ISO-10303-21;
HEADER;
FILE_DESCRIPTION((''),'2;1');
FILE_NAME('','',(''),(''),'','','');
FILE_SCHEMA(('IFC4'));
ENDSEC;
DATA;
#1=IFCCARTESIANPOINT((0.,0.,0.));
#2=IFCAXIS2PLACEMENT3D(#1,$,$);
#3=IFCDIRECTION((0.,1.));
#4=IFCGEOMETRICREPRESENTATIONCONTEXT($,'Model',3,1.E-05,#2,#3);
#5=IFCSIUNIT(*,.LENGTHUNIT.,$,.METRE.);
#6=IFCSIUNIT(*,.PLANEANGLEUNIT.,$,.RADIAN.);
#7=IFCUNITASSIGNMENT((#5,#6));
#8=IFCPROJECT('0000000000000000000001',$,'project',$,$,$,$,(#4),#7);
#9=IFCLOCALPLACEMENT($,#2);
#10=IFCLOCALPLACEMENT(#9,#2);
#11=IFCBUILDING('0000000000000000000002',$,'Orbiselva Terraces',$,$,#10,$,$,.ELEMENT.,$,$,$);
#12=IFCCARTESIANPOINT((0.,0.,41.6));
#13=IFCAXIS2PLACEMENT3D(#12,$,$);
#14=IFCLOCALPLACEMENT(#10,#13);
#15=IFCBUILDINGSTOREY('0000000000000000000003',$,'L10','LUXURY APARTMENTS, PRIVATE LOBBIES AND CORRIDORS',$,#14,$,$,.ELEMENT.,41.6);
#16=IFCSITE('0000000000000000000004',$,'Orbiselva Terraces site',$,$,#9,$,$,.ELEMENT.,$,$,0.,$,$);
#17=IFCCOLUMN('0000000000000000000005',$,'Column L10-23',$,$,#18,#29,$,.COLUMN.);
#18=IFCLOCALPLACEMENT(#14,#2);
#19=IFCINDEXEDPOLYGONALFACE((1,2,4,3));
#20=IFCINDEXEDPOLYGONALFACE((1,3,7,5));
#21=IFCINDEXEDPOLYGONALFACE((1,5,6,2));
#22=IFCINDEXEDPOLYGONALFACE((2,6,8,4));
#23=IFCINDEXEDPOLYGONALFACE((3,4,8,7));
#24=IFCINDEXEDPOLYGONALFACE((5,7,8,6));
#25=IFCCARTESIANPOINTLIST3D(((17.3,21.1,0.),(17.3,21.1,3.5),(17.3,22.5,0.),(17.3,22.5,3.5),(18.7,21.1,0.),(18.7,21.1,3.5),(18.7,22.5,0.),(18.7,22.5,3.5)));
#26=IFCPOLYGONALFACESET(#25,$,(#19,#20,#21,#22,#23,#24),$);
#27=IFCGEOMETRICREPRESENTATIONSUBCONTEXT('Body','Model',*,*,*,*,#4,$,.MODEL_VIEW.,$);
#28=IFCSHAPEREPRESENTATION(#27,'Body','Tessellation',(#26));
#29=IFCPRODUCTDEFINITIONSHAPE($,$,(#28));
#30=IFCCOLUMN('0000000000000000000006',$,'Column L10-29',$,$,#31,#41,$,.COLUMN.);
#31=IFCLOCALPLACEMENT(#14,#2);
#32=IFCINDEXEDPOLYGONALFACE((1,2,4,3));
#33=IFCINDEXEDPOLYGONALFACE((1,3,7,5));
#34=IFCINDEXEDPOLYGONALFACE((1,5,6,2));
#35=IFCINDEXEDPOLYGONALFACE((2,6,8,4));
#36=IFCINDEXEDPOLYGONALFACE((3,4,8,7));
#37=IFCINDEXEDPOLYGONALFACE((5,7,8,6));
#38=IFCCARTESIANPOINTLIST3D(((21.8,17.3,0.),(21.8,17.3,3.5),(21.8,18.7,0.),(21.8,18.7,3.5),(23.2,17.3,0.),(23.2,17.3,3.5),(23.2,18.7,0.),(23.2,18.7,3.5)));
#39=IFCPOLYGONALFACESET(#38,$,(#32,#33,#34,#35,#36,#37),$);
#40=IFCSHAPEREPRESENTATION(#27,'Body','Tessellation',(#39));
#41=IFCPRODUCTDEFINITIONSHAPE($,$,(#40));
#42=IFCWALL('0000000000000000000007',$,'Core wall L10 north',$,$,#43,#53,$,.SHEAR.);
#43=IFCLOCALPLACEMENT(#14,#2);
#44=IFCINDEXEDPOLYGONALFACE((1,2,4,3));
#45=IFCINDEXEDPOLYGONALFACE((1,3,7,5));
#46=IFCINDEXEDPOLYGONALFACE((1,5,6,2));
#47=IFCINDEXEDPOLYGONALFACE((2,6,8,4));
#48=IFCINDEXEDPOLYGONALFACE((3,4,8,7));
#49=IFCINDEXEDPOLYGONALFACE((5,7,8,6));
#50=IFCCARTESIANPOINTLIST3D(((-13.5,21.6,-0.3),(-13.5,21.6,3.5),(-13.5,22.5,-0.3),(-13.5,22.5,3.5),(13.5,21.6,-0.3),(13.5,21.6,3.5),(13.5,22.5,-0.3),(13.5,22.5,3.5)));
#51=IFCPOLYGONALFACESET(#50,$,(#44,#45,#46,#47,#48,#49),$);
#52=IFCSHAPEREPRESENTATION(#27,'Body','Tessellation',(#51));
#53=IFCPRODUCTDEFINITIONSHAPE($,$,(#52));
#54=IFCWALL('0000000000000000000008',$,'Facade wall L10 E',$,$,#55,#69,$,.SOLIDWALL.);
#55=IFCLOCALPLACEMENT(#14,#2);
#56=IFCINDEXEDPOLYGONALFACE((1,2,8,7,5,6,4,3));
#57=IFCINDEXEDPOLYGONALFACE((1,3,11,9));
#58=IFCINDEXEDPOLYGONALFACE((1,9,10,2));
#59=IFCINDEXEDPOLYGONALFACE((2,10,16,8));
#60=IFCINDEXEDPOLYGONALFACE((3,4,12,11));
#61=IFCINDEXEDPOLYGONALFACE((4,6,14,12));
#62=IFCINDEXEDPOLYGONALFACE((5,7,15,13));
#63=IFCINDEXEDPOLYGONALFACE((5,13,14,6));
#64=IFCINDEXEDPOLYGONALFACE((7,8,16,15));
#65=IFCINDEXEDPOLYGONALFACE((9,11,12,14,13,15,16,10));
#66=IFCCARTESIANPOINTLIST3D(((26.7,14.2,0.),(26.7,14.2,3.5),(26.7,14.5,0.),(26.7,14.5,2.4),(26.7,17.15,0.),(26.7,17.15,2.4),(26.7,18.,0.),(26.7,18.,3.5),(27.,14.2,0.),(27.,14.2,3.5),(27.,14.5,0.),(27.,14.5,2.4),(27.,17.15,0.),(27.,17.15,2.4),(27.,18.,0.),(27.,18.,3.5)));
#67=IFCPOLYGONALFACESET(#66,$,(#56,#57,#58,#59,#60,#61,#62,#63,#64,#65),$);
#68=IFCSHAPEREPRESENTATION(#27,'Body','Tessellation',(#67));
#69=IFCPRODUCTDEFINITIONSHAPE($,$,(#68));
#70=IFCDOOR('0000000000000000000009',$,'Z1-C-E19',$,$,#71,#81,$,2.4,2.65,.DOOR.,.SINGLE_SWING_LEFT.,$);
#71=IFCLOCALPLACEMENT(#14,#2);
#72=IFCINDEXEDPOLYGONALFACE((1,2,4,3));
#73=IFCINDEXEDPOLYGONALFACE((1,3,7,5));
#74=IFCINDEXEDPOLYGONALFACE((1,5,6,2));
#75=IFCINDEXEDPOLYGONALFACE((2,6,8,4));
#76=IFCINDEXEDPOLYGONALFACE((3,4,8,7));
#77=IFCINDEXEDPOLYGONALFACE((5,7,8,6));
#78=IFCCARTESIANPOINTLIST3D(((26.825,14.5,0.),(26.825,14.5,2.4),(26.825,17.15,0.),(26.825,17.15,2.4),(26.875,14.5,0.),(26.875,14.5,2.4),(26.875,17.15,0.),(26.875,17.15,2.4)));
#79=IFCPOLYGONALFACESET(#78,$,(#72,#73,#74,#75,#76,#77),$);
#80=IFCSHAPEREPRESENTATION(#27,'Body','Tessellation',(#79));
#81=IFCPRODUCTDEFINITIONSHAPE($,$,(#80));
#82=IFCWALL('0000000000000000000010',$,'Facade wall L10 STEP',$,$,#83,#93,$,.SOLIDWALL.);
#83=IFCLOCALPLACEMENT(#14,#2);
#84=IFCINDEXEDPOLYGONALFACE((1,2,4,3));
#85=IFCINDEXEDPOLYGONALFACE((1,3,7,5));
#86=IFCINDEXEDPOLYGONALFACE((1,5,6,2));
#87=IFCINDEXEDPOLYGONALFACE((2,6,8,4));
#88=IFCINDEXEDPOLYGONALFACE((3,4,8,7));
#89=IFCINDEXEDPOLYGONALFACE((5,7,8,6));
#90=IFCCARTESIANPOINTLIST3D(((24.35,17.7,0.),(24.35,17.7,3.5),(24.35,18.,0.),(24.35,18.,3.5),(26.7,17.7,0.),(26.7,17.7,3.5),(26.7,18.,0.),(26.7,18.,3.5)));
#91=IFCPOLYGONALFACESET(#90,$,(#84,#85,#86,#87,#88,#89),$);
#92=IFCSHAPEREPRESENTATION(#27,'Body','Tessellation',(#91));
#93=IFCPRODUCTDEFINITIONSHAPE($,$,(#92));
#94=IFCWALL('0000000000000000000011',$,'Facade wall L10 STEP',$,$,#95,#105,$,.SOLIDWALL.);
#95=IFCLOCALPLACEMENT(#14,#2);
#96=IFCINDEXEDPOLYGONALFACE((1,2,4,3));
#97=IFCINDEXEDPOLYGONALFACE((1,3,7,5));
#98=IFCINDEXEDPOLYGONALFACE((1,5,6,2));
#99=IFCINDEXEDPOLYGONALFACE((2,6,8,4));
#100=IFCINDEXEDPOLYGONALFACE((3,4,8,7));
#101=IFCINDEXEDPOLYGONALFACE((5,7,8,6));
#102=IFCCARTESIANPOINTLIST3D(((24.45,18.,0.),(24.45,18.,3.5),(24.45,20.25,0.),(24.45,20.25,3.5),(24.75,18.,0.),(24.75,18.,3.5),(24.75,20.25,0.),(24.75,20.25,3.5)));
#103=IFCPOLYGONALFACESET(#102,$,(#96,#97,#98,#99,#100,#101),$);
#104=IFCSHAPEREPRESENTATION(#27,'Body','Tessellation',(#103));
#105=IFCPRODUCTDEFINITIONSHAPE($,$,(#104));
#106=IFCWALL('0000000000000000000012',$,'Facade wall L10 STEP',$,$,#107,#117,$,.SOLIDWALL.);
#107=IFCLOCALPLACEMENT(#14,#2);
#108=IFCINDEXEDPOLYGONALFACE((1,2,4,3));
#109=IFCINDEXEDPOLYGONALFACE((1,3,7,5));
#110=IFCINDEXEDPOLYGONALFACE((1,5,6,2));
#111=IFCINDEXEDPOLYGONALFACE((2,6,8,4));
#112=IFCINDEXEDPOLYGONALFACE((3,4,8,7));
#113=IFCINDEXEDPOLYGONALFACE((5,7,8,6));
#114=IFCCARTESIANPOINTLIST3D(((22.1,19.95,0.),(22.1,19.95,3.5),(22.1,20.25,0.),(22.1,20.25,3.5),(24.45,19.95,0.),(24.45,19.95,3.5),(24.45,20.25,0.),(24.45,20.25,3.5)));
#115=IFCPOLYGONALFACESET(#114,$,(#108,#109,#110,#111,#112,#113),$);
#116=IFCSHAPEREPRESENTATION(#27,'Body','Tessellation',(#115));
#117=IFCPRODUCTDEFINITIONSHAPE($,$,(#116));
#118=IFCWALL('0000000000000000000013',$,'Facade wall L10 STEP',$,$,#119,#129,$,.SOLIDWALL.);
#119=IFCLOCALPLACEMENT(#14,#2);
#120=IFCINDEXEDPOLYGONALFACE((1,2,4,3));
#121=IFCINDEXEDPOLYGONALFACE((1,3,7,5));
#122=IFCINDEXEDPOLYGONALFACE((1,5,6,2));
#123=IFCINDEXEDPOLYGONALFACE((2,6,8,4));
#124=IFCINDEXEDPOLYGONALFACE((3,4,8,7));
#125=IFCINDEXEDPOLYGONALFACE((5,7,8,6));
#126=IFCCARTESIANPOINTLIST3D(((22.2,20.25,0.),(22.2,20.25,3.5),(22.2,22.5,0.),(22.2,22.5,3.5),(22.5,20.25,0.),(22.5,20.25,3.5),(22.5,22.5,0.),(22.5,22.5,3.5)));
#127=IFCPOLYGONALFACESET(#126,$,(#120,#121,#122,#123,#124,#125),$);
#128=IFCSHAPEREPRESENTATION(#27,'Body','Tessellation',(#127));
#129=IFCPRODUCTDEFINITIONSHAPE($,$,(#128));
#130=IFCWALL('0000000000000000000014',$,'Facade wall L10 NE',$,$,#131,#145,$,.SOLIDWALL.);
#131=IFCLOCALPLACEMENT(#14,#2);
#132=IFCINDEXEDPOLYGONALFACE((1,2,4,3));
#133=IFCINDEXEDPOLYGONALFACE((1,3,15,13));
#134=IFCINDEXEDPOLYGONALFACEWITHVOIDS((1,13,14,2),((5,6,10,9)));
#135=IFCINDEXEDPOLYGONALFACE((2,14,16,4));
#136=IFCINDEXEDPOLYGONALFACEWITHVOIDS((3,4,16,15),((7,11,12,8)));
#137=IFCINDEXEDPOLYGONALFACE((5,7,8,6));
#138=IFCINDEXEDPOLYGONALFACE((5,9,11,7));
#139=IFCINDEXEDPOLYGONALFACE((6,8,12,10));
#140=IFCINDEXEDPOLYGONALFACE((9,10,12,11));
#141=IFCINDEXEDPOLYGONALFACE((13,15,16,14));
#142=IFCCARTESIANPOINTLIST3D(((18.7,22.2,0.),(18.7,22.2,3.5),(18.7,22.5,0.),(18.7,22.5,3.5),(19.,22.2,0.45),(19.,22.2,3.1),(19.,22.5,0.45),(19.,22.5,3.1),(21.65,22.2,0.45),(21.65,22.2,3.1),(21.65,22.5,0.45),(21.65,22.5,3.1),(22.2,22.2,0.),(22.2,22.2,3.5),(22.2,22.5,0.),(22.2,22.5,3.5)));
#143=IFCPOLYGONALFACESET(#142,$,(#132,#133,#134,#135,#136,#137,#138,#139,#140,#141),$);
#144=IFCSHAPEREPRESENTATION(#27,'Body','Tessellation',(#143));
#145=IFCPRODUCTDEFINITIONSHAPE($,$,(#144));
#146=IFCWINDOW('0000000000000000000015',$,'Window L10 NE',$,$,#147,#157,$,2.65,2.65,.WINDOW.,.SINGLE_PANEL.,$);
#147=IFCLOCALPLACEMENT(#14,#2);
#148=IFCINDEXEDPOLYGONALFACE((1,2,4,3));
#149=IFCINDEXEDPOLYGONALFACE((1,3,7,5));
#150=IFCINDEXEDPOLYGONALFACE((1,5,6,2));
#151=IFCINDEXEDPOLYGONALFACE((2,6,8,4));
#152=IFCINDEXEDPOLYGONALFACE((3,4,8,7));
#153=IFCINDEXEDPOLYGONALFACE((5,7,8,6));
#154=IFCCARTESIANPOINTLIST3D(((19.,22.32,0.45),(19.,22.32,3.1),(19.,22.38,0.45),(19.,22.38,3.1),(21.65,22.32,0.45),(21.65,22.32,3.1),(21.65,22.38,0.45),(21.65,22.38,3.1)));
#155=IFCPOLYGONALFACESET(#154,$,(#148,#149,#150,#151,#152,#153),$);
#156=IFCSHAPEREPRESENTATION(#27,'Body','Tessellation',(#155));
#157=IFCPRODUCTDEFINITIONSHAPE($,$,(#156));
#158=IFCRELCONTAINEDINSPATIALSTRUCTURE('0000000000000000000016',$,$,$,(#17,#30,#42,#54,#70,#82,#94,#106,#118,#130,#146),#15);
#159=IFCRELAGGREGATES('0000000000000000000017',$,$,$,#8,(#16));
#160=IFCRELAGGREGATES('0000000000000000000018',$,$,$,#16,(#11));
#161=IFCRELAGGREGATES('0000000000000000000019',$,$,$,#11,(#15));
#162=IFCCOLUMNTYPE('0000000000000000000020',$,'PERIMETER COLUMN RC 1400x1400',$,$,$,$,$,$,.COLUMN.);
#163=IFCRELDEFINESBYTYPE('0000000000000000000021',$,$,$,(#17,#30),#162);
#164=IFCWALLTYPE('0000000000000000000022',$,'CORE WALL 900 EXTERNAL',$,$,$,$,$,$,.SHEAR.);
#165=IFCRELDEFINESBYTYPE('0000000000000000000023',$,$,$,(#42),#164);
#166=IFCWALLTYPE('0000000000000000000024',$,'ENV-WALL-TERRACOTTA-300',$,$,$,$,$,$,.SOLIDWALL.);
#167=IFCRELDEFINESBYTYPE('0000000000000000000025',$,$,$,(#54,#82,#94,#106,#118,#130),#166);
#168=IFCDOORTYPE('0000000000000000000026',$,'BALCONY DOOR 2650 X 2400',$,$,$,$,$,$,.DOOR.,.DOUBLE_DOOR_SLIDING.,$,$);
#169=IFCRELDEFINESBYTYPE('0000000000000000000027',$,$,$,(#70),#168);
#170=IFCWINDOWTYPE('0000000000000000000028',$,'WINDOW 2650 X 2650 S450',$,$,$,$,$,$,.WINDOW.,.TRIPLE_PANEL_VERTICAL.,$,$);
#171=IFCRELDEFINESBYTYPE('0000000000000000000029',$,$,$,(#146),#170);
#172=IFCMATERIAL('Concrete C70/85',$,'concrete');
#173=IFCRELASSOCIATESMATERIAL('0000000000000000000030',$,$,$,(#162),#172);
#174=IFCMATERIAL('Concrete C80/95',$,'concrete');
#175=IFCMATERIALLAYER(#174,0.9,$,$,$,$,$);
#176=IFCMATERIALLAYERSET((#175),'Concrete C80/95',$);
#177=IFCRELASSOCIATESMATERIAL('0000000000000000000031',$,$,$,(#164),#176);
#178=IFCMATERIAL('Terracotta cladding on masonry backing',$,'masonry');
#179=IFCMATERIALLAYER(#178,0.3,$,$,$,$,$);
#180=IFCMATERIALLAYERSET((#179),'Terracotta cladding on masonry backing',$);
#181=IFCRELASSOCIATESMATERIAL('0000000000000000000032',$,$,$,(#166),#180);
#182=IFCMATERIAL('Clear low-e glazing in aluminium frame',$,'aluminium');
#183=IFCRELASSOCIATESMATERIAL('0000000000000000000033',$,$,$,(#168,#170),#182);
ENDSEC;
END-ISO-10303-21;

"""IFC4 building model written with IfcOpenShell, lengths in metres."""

from ifc_helpers import new_model, si_unit, direction, frame, frame_2d, origin, origin_2d, place, context, subcontext, project, spatial, rectangle, extrude, material, layer, layer_set, material_profile, profile_set, type_object, element, fill, save


model = new_model("IFC4")

# Units and contexts
model_context = context("Model", 3, precision=1e-05, world=origin(), true_north=direction((0.0, 1.0)))
body_context = subcontext(model_context, "Body", "Model", "MODEL_VIEW")
ifc_project = project(units=[si_unit("LENGTHUNIT", "METRE"), si_unit("PLANEANGLEUNIT", "RADIAN")], contexts=[model_context])

# Site, building, storey
site_placement = place(None, origin())
site = spatial("IfcSite", under=ifc_project, at=site_placement, Name="Orbiselva Terraces site", CompositionType="ELEMENT", RefElevation=0.0)
building_placement = place(site_placement, origin())
building = spatial("IfcBuilding", under=site, at=building_placement, Name="Orbiselva Terraces", CompositionType="ELEMENT")
storey_placement = place(building_placement, frame((0.0, 0.0, 41.6)))
storey = spatial("IfcBuildingStorey", under=building, at=storey_placement, Name="L10", Description="LUXURY APARTMENTS, PRIVATE LOBBIES AND CORRIDORS", CompositionType="ELEMENT", Elevation=41.6)

# Columns
ifc_material_1 = material(Name="Concrete C70/85", Category="concrete")
ifc_material_profile = material_profile(ifc_material_1, rectangle(XDim=1.4, YDim=1.4, at=origin_2d()), Name="RC 1400x1400")
ifc_profile_set = profile_set([ifc_material_profile], Name="Concrete C70/85")
column_type = type_object("IfcColumnType", Name="PERIMETER COLUMN RC 1400x1400", PredefinedType="COLUMN", material=ifc_profile_set)
for number, where, z_axis, x_axis, name in (
    (1, (18.0, 21.8, 0.0), (0.0, 0.0, 1.0), (1.0, 0.0, 0.0), "Column L10-23"),
    (2, (22.5, 18.0, 0.0), (0.0, 0.0, 1.0), (1.0, 0.0, 0.0), "Column L10-29"),
):
    element("IfcColumn", number, at=place(storey_placement, frame(where, z_axis=z_axis, x_axis=x_axis)), inside=storey, type_object=column_type, Name=name, PredefinedType="COLUMN", context=body_context, shape_type="SweptSolid", body=[
        extrude(rectangle(XDim=1.4, YDim=1.4, at=origin_2d()), origin(), (0.0, 0.0, 1.0), 3.5),
    ])

# Wall
ifc_material_2 = material(Name="Concrete C80/95", Category="concrete")
ifc_layer_1 = layer(ifc_material_2, 0.9)
ifc_layer_set_1 = layer_set([ifc_layer_1], Name="Concrete C80/95")
wall_type_1 = type_object("IfcWallType", Name="CORE WALL 900 EXTERNAL", PredefinedType="SHEAR", material=ifc_layer_set_1)
wall_1_placement = place(storey_placement, frame((13.5, 22.05, -0.3), z_axis=(0.0, 0.0, 1.0), x_axis=(-1.0, 0.0, 0.0)))
element("IfcWall", 3, at=wall_1_placement, inside=storey, type_object=wall_type_1, Name="Core wall L10 north", PredefinedType="SHEAR", context=body_context, shape_type="SweptSolid", body=[
    extrude(rectangle(XDim=27.0, YDim=0.9, at=frame_2d((13.5, 0.0))), origin(), (0.0, 0.0, 1.0), 3.8),
])

# Wall, opening, door
ifc_material_3 = material(Name="Terracotta cladding on masonry backing", Category="masonry")
ifc_layer_2 = layer(ifc_material_3, 0.3)
ifc_layer_set_2 = layer_set([ifc_layer_2], Name="Terracotta cladding on masonry backing")
wall_type_2 = type_object("IfcWallType", Name="ENV-WALL-TERRACOTTA-300", PredefinedType="SOLIDWALL", material=ifc_layer_set_2)
wall_2_placement = place(storey_placement, frame((26.85, 18.0, 0.0), z_axis=(0.0, 0.0, 1.0), x_axis=(0.0, -1.0, 0.0)))
wall_2 = element("IfcWall", 4, at=wall_2_placement, inside=storey, type_object=wall_type_2, Name="Facade wall L10 E", PredefinedType="SOLIDWALL", context=body_context, shape_type="SweptSolid", body=[
    extrude(rectangle(XDim=3.8, YDim=0.3, at=frame_2d((1.9, 0.0))), origin(), (0.0, 0.0, 1.0), 3.5),
])
opening_1_placement = place(wall_2_placement, frame((0.85, 0.0, 0.0)))
opening_1 = element("IfcOpeningElement", 5, at=opening_1_placement, cuts=wall_2, PredefinedType="OPENING", context=body_context, shape_type="SweptSolid", body=[
    extrude(rectangle(XDim=2.65, YDim=2.4, at=frame_2d((1.325, 1.2))), frame((0.0, 0.16, 0.0), z_axis=(0.0, -1.0, 0.0), x_axis=(1.0, 0.0, 0.0)), (0.0, 0.0, 1.0), 0.32),
])
ifc_material_4 = material(Name="Clear low-e glazing in aluminium frame", Category="aluminium")
door_type_1 = type_object("IfcDoorType", Name="BALCONY DOOR 2650 X 2400", OperationType="DOUBLE_DOOR_SLIDING", PredefinedType="DOOR", material=ifc_material_4)
door_1_placement = place(opening_1_placement, origin())
door_1 = element("IfcDoor", 6, at=door_1_placement, inside=storey, type_object=door_type_1, Name="Z1-C-E19", OperationType="SINGLE_SWING_LEFT", OverallHeight=2.4, OverallWidth=2.65, PredefinedType="DOOR", context=body_context, shape_type="SweptSolid", body=[
    extrude(rectangle(XDim=2.65, YDim=2.4, at=frame_2d((1.325, 1.2))), frame((0.0, 0.025, 0.0), z_axis=(0.0, -1.0, 0.0), x_axis=(1.0, 0.0, 0.0)), (0.0, 0.0, 1.0), 0.05),
])
fill(opening_1, door_1)

# Walls
wall_3_placement = place(storey_placement, frame((24.35, 17.85, 0.0), z_axis=(0.0, 0.0, 1.0), x_axis=(1.0, 0.0, 0.0)))
element("IfcWall", 7, at=wall_3_placement, inside=storey, type_object=wall_type_2, Name="Facade wall L10 STEP", PredefinedType="SOLIDWALL", context=body_context, shape_type="SweptSolid", body=[
    extrude(rectangle(XDim=2.35, YDim=0.3, at=frame_2d((1.175, 0.0))), origin(), (0.0, 0.0, 1.0), 3.5),
])
wall_4_placement = place(storey_placement, frame((24.6, 20.25, 0.0), z_axis=(0.0, 0.0, 1.0), x_axis=(0.0, -1.0, 0.0)))
element("IfcWall", 8, at=wall_4_placement, inside=storey, type_object=wall_type_2, Name="Facade wall L10 STEP", PredefinedType="SOLIDWALL", context=body_context, shape_type="SweptSolid", body=[
    extrude(rectangle(XDim=2.25, YDim=0.3, at=frame_2d((1.125, 0.0))), origin(), (0.0, 0.0, 1.0), 3.5),
])
wall_5_placement = place(storey_placement, frame((22.1, 20.1, 0.0), z_axis=(0.0, 0.0, 1.0), x_axis=(1.0, 0.0, 0.0)))
element("IfcWall", 9, at=wall_5_placement, inside=storey, type_object=wall_type_2, Name="Facade wall L10 STEP", PredefinedType="SOLIDWALL", context=body_context, shape_type="SweptSolid", body=[
    extrude(rectangle(XDim=2.35, YDim=0.3, at=frame_2d((1.175, 0.0))), origin(), (0.0, 0.0, 1.0), 3.5),
])
wall_6_placement = place(storey_placement, frame((22.35, 22.5, 0.0), z_axis=(0.0, 0.0, 1.0), x_axis=(0.0, -1.0, 0.0)))
element("IfcWall", 10, at=wall_6_placement, inside=storey, type_object=wall_type_2, Name="Facade wall L10 STEP", PredefinedType="SOLIDWALL", context=body_context, shape_type="SweptSolid", body=[
    extrude(rectangle(XDim=2.25, YDim=0.3, at=frame_2d((1.125, 0.0))), origin(), (0.0, 0.0, 1.0), 3.5),
])

# Wall, opening, window
wall_7_placement = place(storey_placement, frame((18.7, 22.35, 0.0), z_axis=(0.0, 0.0, 1.0), x_axis=(1.0, 0.0, 0.0)))
wall_7 = element("IfcWall", 11, at=wall_7_placement, inside=storey, type_object=wall_type_2, Name="Facade wall L10 NE", PredefinedType="SOLIDWALL", context=body_context, shape_type="SweptSolid", body=[
    extrude(rectangle(XDim=3.5, YDim=0.3, at=frame_2d((1.75, 0.0))), origin(), (0.0, 0.0, 1.0), 3.5),
])
opening_2_placement = place(wall_7_placement, frame((0.3, 0.0, 0.45)))
opening_2 = element("IfcOpeningElement", 12, at=opening_2_placement, cuts=wall_7, PredefinedType="OPENING", context=body_context, shape_type="SweptSolid", body=[
    extrude(rectangle(XDim=2.65, YDim=2.65, at=frame_2d((1.325, 1.325))), frame((0.0, 0.16, 0.0), z_axis=(0.0, -1.0, 0.0), x_axis=(1.0, 0.0, 0.0)), (0.0, 0.0, 1.0), 0.32),
])
window_type = type_object("IfcWindowType", Name="WINDOW 2650 X 2650 S450", PartitioningType="TRIPLE_PANEL_VERTICAL", PredefinedType="WINDOW", material=ifc_material_4)
window_placement = place(opening_2_placement, origin())
window = element("IfcWindow", 13, at=window_placement, inside=storey, type_object=window_type, Name="Window L10 NE", OverallHeight=2.65, OverallWidth=2.65, PartitioningType="SINGLE_PANEL", PredefinedType="WINDOW", context=body_context, shape_type="SweptSolid", body=[
    extrude(rectangle(XDim=2.65, YDim=2.65, at=frame_2d((1.325, 1.325))), frame((0.0, 0.03, 0.0), z_axis=(0.0, -1.0, 0.0), x_axis=(1.0, 0.0, 0.0)), (0.0, 0.0, 1.0), 0.06),
])
fill(opening_2, window)

save(model, "model.ifc")
